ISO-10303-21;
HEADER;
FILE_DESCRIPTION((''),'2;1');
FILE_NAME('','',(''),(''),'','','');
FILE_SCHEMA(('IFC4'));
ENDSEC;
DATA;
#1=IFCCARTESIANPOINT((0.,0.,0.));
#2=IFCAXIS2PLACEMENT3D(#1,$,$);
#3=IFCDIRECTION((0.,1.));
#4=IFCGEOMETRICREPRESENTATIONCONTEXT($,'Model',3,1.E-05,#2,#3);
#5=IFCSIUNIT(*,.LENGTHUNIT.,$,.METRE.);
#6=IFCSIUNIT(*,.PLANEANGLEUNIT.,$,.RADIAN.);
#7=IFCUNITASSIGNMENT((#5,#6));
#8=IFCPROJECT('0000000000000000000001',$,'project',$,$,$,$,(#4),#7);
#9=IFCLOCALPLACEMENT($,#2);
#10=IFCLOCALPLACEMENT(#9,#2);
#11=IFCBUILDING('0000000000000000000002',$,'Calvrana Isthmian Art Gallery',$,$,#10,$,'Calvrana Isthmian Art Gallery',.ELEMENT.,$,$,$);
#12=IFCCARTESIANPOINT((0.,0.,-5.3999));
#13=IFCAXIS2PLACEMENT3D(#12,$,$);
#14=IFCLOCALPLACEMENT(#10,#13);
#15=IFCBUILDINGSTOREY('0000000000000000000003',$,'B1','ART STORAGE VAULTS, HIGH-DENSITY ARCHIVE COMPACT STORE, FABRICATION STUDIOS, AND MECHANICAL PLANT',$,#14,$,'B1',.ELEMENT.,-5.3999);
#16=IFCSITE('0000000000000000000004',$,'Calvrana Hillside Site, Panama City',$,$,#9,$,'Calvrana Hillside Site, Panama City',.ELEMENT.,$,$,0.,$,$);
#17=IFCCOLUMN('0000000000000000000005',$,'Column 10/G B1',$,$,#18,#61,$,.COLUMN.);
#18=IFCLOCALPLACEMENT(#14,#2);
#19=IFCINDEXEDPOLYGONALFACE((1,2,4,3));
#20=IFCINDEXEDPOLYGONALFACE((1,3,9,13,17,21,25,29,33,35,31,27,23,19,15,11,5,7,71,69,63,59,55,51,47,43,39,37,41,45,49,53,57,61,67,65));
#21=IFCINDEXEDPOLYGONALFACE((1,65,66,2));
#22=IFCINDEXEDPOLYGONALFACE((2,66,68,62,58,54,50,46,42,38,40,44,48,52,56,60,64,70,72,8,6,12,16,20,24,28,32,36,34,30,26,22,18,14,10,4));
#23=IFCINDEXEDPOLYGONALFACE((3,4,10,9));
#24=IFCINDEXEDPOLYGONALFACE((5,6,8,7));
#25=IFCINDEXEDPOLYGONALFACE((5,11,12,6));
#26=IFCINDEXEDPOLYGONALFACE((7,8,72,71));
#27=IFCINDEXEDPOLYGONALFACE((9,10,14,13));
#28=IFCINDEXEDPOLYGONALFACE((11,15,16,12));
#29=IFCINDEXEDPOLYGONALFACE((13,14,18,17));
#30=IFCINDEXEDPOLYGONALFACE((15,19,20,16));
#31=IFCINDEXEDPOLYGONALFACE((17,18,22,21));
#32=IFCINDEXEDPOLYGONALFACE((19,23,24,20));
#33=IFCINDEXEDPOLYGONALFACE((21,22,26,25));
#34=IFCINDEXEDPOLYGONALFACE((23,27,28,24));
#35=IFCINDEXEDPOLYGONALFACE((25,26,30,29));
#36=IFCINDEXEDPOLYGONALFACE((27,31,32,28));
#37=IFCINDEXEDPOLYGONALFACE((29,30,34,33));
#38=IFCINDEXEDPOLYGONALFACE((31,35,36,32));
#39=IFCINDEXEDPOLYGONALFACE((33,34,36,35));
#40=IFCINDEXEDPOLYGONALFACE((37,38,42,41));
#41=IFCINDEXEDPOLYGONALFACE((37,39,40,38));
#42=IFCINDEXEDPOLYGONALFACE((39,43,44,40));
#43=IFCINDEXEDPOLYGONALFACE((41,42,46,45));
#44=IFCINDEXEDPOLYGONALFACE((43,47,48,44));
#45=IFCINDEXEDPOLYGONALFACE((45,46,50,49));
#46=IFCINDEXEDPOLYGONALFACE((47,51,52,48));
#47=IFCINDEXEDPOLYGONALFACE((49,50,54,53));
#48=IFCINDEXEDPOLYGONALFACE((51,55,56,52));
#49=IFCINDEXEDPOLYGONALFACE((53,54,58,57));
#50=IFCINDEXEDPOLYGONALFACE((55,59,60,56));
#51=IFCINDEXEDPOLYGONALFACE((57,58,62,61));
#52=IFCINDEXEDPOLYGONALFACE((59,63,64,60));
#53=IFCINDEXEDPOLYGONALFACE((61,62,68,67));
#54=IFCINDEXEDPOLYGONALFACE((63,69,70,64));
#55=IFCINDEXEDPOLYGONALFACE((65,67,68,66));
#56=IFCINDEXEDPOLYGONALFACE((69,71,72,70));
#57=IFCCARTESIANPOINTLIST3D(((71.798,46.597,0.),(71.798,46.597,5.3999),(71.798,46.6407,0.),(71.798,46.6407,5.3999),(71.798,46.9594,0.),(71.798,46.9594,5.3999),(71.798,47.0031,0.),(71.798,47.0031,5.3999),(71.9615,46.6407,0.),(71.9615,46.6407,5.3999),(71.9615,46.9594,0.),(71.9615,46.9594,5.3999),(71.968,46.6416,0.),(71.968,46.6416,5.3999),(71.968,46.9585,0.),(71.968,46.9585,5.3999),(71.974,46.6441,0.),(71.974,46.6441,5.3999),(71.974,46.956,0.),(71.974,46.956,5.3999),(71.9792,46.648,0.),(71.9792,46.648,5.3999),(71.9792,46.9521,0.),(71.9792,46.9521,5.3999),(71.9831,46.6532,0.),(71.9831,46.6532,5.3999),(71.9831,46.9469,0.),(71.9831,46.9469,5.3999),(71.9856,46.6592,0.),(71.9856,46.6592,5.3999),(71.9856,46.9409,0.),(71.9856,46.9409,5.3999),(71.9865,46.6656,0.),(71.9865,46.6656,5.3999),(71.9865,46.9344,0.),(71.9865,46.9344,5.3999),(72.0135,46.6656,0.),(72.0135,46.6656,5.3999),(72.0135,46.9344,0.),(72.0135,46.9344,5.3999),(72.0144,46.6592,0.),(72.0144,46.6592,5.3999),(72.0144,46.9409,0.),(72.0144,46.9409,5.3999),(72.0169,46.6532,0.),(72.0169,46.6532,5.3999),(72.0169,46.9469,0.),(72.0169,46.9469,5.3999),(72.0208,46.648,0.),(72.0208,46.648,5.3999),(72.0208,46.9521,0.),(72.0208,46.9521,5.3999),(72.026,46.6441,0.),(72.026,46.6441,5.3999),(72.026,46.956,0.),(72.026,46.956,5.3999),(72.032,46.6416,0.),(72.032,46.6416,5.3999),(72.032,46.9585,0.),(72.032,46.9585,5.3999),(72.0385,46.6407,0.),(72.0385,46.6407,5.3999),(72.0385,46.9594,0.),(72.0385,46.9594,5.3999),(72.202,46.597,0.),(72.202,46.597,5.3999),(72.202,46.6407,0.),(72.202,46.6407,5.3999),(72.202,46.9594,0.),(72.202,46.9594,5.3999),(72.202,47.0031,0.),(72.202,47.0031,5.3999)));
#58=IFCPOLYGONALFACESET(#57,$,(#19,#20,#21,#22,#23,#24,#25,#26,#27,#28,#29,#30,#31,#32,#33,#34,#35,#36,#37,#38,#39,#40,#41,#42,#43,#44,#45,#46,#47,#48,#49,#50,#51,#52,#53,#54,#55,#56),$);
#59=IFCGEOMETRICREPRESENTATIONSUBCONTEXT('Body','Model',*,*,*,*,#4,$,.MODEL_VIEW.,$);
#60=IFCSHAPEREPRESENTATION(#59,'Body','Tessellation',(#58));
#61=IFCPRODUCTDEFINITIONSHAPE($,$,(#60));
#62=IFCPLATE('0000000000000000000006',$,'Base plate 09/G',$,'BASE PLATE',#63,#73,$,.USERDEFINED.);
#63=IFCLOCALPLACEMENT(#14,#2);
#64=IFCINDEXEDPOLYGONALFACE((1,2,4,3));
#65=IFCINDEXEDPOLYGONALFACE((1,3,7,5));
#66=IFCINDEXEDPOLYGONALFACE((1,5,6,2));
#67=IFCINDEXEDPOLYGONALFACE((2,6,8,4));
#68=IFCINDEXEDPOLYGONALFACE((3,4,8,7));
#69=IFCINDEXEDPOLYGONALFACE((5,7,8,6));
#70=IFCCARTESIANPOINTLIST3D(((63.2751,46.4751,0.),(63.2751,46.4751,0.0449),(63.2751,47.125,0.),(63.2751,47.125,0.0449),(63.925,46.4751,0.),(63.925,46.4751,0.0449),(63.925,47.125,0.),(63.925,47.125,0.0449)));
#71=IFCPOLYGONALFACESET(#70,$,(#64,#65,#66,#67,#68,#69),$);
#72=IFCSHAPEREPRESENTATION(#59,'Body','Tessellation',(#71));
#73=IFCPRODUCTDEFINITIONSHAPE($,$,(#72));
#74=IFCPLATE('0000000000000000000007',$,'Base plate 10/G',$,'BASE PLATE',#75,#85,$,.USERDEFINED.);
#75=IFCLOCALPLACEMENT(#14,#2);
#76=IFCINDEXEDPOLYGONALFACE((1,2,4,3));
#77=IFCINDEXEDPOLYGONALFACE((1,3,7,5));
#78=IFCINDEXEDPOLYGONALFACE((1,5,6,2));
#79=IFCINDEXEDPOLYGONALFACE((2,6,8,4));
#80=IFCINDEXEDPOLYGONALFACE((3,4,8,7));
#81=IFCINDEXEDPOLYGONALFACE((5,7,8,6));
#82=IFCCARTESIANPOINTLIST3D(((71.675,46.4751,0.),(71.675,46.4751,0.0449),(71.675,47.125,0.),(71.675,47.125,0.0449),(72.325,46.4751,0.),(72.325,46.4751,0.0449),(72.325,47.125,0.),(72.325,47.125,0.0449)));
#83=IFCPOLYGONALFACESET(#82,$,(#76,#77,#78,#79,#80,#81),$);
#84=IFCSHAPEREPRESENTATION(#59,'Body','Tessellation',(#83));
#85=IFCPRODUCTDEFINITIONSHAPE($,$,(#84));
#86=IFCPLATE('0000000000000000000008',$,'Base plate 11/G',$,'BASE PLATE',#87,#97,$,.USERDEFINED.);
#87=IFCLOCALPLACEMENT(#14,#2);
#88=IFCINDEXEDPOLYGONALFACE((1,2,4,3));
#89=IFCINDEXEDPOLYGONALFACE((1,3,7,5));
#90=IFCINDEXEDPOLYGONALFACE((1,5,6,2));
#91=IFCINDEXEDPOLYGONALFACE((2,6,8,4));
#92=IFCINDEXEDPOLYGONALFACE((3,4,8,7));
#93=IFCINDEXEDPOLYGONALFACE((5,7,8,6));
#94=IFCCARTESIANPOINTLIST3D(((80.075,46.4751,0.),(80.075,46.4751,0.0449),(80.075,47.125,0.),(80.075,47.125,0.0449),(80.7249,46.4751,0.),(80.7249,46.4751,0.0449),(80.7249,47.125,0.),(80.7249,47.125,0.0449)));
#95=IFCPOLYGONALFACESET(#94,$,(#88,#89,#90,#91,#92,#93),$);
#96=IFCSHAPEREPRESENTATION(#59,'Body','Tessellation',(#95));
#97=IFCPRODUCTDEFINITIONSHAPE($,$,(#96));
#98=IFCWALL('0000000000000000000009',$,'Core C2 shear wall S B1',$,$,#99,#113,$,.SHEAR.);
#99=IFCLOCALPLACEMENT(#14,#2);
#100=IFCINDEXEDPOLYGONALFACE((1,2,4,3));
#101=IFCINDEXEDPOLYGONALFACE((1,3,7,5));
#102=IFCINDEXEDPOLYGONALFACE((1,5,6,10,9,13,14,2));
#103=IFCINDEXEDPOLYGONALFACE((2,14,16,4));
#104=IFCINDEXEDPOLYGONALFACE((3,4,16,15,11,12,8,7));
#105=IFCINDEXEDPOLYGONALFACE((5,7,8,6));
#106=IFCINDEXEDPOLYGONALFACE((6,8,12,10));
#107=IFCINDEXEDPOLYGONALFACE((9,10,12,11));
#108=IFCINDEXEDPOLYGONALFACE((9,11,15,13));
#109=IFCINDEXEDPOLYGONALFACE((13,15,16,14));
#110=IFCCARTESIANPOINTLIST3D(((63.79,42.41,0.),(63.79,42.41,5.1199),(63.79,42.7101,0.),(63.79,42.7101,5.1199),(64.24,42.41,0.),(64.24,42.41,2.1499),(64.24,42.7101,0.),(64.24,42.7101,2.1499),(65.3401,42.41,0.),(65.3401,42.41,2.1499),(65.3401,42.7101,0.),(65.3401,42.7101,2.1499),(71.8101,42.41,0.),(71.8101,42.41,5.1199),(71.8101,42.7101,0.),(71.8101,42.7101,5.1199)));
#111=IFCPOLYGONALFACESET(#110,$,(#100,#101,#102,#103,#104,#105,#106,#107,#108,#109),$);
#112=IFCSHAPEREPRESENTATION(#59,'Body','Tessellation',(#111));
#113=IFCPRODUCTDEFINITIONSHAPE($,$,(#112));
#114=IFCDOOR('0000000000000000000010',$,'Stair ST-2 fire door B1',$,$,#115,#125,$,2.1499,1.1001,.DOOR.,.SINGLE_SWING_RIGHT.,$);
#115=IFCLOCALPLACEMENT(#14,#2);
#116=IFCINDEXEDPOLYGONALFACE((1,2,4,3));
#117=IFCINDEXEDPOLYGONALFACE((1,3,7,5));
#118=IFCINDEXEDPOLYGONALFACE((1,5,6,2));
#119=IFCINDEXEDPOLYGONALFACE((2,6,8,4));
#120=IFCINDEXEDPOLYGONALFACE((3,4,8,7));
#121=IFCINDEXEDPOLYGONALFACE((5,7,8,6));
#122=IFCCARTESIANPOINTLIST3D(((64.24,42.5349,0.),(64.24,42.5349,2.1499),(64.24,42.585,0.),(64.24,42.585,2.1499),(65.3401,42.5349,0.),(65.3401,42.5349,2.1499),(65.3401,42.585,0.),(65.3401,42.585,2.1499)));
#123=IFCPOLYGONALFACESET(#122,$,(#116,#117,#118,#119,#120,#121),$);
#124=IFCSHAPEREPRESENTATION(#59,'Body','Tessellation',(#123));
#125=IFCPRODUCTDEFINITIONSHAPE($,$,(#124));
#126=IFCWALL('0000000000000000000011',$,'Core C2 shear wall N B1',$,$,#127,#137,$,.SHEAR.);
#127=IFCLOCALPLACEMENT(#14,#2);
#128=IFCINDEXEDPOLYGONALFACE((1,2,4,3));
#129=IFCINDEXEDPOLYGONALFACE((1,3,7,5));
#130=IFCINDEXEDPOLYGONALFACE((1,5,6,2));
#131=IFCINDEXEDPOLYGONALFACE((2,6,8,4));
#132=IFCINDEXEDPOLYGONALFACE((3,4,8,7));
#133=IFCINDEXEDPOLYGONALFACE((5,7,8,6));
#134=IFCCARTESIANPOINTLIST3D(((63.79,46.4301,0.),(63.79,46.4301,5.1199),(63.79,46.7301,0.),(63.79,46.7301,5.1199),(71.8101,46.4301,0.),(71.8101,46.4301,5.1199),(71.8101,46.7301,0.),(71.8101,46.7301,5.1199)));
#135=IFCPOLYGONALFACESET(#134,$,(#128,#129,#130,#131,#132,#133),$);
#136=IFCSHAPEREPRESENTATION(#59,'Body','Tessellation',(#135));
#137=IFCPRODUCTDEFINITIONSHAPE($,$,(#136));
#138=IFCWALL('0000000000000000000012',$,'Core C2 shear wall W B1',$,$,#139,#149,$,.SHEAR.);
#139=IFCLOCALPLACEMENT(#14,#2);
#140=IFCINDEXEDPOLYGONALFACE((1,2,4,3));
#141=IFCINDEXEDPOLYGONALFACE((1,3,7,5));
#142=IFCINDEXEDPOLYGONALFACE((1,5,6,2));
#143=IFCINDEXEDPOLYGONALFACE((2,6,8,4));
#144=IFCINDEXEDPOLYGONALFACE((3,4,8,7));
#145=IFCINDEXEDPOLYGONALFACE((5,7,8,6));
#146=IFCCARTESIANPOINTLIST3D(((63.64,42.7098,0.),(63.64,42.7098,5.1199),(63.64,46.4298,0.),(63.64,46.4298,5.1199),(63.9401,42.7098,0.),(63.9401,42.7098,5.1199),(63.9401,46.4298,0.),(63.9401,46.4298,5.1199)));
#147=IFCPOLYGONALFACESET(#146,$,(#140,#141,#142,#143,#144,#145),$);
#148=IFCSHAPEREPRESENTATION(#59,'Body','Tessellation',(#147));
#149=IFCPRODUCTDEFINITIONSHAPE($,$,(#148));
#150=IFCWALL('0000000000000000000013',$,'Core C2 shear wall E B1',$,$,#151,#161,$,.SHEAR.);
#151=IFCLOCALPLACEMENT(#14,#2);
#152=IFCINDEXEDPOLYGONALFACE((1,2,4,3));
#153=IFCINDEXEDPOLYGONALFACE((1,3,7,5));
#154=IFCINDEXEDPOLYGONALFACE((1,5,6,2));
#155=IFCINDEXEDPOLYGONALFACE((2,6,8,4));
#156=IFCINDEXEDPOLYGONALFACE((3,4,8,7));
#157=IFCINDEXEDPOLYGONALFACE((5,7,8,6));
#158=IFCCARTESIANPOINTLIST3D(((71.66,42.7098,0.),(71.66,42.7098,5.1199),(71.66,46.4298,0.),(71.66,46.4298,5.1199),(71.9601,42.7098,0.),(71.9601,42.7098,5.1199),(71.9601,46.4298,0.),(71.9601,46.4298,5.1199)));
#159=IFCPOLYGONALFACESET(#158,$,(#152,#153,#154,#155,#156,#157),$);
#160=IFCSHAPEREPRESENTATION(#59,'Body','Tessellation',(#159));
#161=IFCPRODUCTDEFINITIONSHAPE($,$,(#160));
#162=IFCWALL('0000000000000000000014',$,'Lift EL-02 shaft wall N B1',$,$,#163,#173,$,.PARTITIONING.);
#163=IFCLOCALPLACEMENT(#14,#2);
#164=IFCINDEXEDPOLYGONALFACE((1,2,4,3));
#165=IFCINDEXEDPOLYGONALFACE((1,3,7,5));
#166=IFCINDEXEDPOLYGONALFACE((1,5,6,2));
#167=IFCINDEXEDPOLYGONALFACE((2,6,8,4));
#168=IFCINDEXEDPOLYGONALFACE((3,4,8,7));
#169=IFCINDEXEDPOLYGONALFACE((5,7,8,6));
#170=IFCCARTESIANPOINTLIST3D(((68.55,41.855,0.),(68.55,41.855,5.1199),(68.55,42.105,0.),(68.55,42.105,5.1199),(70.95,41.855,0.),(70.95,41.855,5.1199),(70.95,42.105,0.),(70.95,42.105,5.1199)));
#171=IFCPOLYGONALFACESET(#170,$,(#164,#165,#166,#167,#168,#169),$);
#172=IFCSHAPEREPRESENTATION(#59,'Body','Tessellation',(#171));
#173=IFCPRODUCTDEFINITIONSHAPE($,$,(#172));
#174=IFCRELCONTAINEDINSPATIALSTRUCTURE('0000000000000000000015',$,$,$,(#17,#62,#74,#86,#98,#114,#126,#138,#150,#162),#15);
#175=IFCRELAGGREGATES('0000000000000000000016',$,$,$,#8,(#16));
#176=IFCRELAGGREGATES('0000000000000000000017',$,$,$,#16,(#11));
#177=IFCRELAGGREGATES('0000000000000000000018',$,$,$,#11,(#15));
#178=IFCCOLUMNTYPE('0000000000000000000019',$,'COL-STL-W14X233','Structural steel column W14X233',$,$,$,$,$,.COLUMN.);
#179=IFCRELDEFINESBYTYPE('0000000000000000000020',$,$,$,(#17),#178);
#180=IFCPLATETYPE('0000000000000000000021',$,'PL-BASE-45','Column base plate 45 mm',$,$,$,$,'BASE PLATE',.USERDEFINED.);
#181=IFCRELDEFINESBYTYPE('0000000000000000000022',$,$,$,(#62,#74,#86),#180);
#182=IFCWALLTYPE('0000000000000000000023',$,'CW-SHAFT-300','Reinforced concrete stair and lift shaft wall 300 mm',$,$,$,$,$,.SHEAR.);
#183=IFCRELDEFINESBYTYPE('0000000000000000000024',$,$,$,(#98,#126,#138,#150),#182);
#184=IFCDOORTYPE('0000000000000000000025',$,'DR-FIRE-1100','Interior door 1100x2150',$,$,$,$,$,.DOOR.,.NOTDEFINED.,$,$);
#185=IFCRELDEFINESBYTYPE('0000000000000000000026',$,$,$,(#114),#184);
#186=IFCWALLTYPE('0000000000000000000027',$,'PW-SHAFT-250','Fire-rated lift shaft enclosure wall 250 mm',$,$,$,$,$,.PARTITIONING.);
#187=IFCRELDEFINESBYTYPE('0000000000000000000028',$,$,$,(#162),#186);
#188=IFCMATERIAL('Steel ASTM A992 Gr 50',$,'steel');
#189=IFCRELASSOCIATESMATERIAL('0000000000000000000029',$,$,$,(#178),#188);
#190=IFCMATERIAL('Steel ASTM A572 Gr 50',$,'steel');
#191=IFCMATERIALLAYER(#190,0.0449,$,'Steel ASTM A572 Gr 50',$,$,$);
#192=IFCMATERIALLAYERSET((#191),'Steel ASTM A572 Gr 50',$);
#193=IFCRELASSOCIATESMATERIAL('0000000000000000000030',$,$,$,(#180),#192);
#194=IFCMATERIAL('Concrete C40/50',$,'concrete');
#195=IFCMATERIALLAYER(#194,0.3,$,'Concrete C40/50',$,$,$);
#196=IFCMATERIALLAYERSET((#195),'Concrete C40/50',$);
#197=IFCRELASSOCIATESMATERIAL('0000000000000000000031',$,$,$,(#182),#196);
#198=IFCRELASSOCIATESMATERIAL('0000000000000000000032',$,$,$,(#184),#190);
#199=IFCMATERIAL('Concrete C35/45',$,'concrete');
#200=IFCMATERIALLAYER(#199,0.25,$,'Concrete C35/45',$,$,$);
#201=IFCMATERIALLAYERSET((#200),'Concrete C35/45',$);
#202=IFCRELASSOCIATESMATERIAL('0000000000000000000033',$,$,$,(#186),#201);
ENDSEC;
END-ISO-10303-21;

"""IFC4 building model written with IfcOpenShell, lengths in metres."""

from ifc_helpers import new_model, si_unit, direction, frame, frame_2d, origin, origin_2d, place, context, subcontext, project, spatial, rectangle, i_section, extrude, material, layer, layer_set, material_profile, profile_set, type_object, element, fill, save


model = new_model("IFC4")

# Units and contexts
model_context = context("Model", 3, precision=1e-05, world=origin(), true_north=direction((0.0, 1.0)))
body_context = subcontext(model_context, "Body", "Model", "MODEL_VIEW")
ifc_project = project(units=[si_unit("LENGTHUNIT", "METRE"), si_unit("PLANEANGLEUNIT", "RADIAN")], contexts=[model_context])

# Site, building, storey
site_placement = place(None, origin())
site = spatial("IfcSite", under=ifc_project, at=site_placement, Name="Calvrana Hillside Site, Panama City", LongName="Calvrana Hillside Site, Panama City", CompositionType="ELEMENT", RefElevation=0.0)
building_placement = place(site_placement, origin())
building = spatial("IfcBuilding", under=site, at=building_placement, Name="Calvrana Isthmian Art Gallery", LongName="Calvrana Isthmian Art Gallery", CompositionType="ELEMENT")
storey_placement = place(building_placement, frame((0.0, 0.0, -5.3999)))
storey = spatial("IfcBuildingStorey", under=building, at=storey_placement, Name="B1", Description="ART STORAGE VAULTS, HIGH-DENSITY ARCHIVE COMPACT STORE, FABRICATION STUDIOS, AND MECHANICAL PLANT", LongName="B1", CompositionType="ELEMENT", Elevation=-5.3999)

# Shared definitions
ifc_material_1 = material(Name="Concrete C35/45", Category="concrete")

# Column
ifc_material_2 = material(Name="Steel ASTM A992 Gr 50", Category="steel")
ifc_material_profile_1 = material_profile(ifc_material_2, i_section(OverallWidth=0.4041, OverallDepth=0.406, WebThickness=0.0271, FlangeThickness=0.0437, FilletRadius=0.0249, at=origin_2d()), Name="W14X233")
ifc_profile_set_1 = profile_set([ifc_material_profile_1], Name="Steel ASTM A992 Gr 50")
column_type_1 = type_object("IfcColumnType", Name="COL-STL-W14X233", Description="Structural steel column W14X233", PredefinedType="COLUMN", material=ifc_profile_set_1)
column_1_placement = place(storey_placement, frame((72.0, 46.8, 0.0), z_axis=(0.0, 0.0, 1.0), x_axis=(1.0, 0.0, 0.0)))
element("IfcColumn", 1, at=column_1_placement, inside=storey, type_object=column_type_1, Name="Column 10/G B1", PredefinedType="COLUMN", context=body_context, shape_type="SweptSolid", body=[
    extrude(i_section(OverallWidth=0.4041, OverallDepth=0.406, WebThickness=0.0271, FlangeThickness=0.0437, FilletRadius=0.0249, at=origin_2d()), origin(), (0.0, 0.0, 1.0), 5.3999),
])

# Plates
ifc_material_3 = material(Name="Steel ASTM A572 Gr 50", Category="steel")
ifc_layer_1 = layer(ifc_material_3, 0.0449, Name="Steel ASTM A572 Gr 50")
ifc_layer_set_1 = layer_set([ifc_layer_1], Name="Steel ASTM A572 Gr 50")
plate_type = type_object("IfcPlateType", Name="PL-BASE-45", Description="Column base plate 45 mm", ElementType="BASE PLATE", PredefinedType="USERDEFINED", material=ifc_layer_set_1)
for number, where, z_axis, x_axis, name in (
    (2, (63.6001, 46.8, 0.0), (0.0, 0.0, 1.0), (1.0, 0.0, 0.0), "Base plate 09/G"),
    (3, (72.0, 46.8, 0.0), (0.0, 0.0, 1.0), (1.0, 0.0, 0.0), "Base plate 10/G"),
    (4, (80.3999, 46.8, 0.0), (0.0, 0.0, 1.0), (1.0, 0.0, 0.0), "Base plate 11/G"),
):
    element("IfcPlate", number, at=place(storey_placement, frame(where, z_axis=z_axis, x_axis=x_axis)), inside=storey, type_object=plate_type, Name=name, ObjectType="BASE PLATE", PredefinedType="USERDEFINED", context=body_context, shape_type="SweptSolid", body=[
        extrude(rectangle(XDim=0.6499, YDim=0.6499, at=origin_2d()), origin(), (0.0, 0.0, 1.0), 0.0449),
    ])

# Wall, opening, door
ifc_material_4 = material(Name="Concrete C40/50", Category="concrete")
ifc_layer_2 = layer(ifc_material_4, 0.3, Name="Concrete C40/50")
ifc_layer_set_2 = layer_set([ifc_layer_2], Name="Concrete C40/50")
wall_type_1 = type_object("IfcWallType", Name="CW-SHAFT-300", Description="Reinforced concrete stair and lift shaft wall 300 mm", PredefinedType="SHEAR", material=ifc_layer_set_2)
wall_1_placement = place(storey_placement, frame((63.79, 42.5601, 0.0), z_axis=(0.0, 0.0, 1.0), x_axis=(1.0, 0.0, 0.0)))
wall_1 = element("IfcWall", 5, at=wall_1_placement, inside=storey, type_object=wall_type_1, Name="Core C2 shear wall S B1", PredefinedType="SHEAR", context=body_context, shape_type="SweptSolid", body=[
    extrude(rectangle(XDim=8.02, YDim=0.3, at=frame_2d((4.01, 0.0))), origin(), (0.0, 0.0, 1.0), 5.1199),
])
opening_placement = place(wall_1_placement, frame((0.45, 0.0, 0.0)))
opening = element("IfcOpeningElement", 6, at=opening_placement, cuts=wall_1, PredefinedType="OPENING", context=body_context, shape_type="SweptSolid", body=[
    extrude(rectangle(XDim=1.1001, YDim=2.1499, at=frame_2d((0.55, 1.075))), frame((0.0, 0.1602, 0.0), z_axis=(0.0, -1.0, 0.0), x_axis=(1.0, 0.0, 0.0)), (0.0, 0.0, 1.0), 0.3206),
])
door_type = type_object("IfcDoorType", Name="DR-FIRE-1100", Description="Interior door 1100x2150", OperationType="NOTDEFINED", PredefinedType="DOOR", material=ifc_material_3)
door_placement = place(opening_placement, origin())
door = element("IfcDoor", 7, at=door_placement, inside=storey, type_object=door_type, Name="Stair ST-2 fire door B1", OperationType="SINGLE_SWING_RIGHT", OverallHeight=2.1499, OverallWidth=1.1001, PredefinedType="DOOR", context=body_context, shape_type="SweptSolid", body=[
    extrude(rectangle(XDim=1.1001, YDim=2.1499, at=frame_2d((0.55, 1.075))), frame((0.0, 0.0249, 0.0), z_axis=(0.0, -1.0, 0.0), x_axis=(1.0, 0.0, 0.0)), (0.0, 0.0, 1.0), 0.05),
])
fill(opening, door)

# Walls
wall_2_placement = place(storey_placement, frame((63.79, 46.5801, 0.0), z_axis=(0.0, 0.0, 1.0), x_axis=(1.0, 0.0, 0.0)))
element("IfcWall", 8, at=wall_2_placement, inside=storey, type_object=wall_type_1, Name="Core C2 shear wall N B1", PredefinedType="SHEAR", context=body_context, shape_type="SweptSolid", body=[
    extrude(rectangle(XDim=8.02, YDim=0.3, at=frame_2d((4.01, 0.0))), origin(), (0.0, 0.0, 1.0), 5.1199),
])
for number, where, z_axis, x_axis, name in (
    (9, (63.79, 42.71, 0.0), (0.0, 0.0, 1.0), (0.0, 1.0, 0.0), "Core C2 shear wall W B1"),
    (10, (71.8101, 42.71, 0.0), (0.0, 0.0, 1.0), (0.0, 1.0, 0.0), "Core C2 shear wall E B1"),
):
    element("IfcWall", number, at=place(storey_placement, frame(where, z_axis=z_axis, x_axis=x_axis)), inside=storey, type_object=wall_type_1, Name=name, PredefinedType="SHEAR", context=body_context, shape_type="SweptSolid", body=[
        extrude(rectangle(XDim=3.72, YDim=0.3, at=frame_2d((1.8599, 0.0))), origin(), (0.0, 0.0, 1.0), 5.1199),
    ])
ifc_layer_3 = layer(ifc_material_1, 0.25, Name="Concrete C35/45")
ifc_layer_set_3 = layer_set([ifc_layer_3], Name="Concrete C35/45")
wall_type_2 = type_object("IfcWallType", Name="PW-SHAFT-250", Description="Fire-rated lift shaft enclosure wall 250 mm", PredefinedType="PARTITIONING", material=ifc_layer_set_3)
wall_3_placement = place(storey_placement, frame((68.55, 41.98, 0.0), z_axis=(0.0, 0.0, 1.0), x_axis=(1.0, 0.0, 0.0)))
element("IfcWall", 11, at=wall_3_placement, inside=storey, type_object=wall_type_2, Name="Lift EL-02 shaft wall N B1", PredefinedType="PARTITIONING", context=body_context, shape_type="SweptSolid", body=[
    extrude(rectangle(XDim=2.3999, YDim=0.25, at=frame_2d((1.2, 0.0))), origin(), (0.0, 0.0, 1.0), 5.1199),
])

save(model, "model.ifc")
